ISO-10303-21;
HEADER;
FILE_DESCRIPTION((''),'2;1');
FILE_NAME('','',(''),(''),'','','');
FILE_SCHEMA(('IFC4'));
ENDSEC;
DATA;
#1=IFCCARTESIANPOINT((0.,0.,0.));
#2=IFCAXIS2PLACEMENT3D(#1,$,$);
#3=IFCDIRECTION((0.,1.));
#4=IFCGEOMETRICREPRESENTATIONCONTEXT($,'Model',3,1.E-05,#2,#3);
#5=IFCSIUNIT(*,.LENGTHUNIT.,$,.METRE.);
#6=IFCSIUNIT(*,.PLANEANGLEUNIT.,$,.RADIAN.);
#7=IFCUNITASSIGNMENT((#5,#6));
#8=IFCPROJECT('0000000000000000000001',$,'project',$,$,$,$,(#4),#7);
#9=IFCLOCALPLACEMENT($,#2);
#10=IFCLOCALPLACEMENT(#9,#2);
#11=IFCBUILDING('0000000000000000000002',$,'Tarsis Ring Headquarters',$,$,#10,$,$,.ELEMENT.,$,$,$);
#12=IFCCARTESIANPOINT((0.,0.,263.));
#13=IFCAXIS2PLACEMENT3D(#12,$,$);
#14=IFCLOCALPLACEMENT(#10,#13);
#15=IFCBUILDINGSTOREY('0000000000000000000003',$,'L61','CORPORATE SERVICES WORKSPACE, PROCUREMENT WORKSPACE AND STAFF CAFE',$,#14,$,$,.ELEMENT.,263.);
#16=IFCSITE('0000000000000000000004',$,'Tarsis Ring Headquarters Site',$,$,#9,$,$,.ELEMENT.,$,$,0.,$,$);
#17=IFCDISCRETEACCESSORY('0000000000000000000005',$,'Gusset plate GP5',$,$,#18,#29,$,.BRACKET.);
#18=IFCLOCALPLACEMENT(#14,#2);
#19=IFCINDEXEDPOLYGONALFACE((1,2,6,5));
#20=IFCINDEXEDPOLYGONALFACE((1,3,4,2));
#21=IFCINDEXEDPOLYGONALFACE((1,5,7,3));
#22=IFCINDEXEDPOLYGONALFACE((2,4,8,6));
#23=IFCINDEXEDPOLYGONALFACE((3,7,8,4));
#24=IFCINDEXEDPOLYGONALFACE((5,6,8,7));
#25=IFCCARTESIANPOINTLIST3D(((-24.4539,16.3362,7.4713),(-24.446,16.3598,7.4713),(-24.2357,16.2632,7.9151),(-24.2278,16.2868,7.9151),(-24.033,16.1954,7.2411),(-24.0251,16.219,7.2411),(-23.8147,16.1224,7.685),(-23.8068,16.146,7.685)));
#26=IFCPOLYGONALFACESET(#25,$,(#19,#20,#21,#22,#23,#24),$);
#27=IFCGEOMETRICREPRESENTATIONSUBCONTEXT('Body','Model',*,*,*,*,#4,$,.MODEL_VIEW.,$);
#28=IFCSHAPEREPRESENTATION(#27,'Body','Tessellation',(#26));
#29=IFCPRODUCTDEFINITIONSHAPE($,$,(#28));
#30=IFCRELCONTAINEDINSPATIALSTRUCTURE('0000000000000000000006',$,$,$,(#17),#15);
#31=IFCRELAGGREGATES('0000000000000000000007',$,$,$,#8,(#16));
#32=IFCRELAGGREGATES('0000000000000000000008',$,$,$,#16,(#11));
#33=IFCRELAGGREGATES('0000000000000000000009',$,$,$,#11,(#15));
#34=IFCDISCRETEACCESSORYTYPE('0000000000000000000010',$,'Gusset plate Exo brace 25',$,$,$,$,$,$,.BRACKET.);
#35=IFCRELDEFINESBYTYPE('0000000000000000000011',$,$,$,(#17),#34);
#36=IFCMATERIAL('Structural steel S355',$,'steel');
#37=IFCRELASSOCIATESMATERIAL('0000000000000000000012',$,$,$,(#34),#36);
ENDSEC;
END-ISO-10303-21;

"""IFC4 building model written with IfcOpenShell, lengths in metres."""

from ifc_helpers import new_model, si_unit, direction, frame, origin, origin_2d, place, context, subcontext, project, spatial, rectangle, extrude, material, material_profile, profile_set, type_object, element, save


model = new_model("IFC4")

# Units and contexts
model_context = context("Model", 3, precision=1e-05, world=origin(), true_north=direction((0.0, 1.0)))
body_context = subcontext(model_context, "Body", "Model", "MODEL_VIEW")
ifc_project = project(units=[si_unit("LENGTHUNIT", "METRE"), si_unit("PLANEANGLEUNIT", "RADIAN")], contexts=[model_context])

# Site, building, storey
site_placement = place(None, origin())
site = spatial("IfcSite", under=ifc_project, at=site_placement, Name="Tarsis Ring Headquarters Site", CompositionType="ELEMENT", RefElevation=0.0)
building_placement = place(site_placement, origin())
building = spatial("IfcBuilding", under=site, at=building_placement, Name="Tarsis Ring Headquarters", CompositionType="ELEMENT")
storey_placement = place(building_placement, frame((0.0, 0.0, 263.0)))
storey = spatial("IfcBuildingStorey", under=building, at=storey_placement, Name="L61", Description="CORPORATE SERVICES WORKSPACE, PROCUREMENT WORKSPACE AND STAFF CAFE", CompositionType="ELEMENT", Elevation=263.0)

# Shared definitions
ifc_material_1 = material(Name="Structural steel S355", Category="steel")

# Discrete accessory
ifc_material_profile_1 = material_profile(ifc_material_1, rectangle(XDim=0.0249, YDim=0.5, at=origin_2d()), Name="PL 25x500")
ifc_profile_set_1 = profile_set([ifc_material_profile_1], Name="Structural steel S355")
discrete_accessory_type = type_object("IfcDiscreteAccessoryType", Name="Gusset plate Exo brace 25", PredefinedType="BRACKET", material=ifc_profile_set_1)
discrete_accessory_placement = place(storey_placement, frame((-24.0212, 16.2046, 7.8), z_axis=(-0.436552, 0.146006, -0.887753), x_axis=(-0.317182, -0.948365, 0.0)))
element("IfcDiscreteAccessory", 1, at=discrete_accessory_placement, inside=storey, type_object=discrete_accessory_type, Name="Gusset plate GP5", PredefinedType="BRACKET", context=body_context, shape_type="SweptSolid", body=[
    extrude(rectangle(XDim=0.0249, YDim=0.5, at=origin_2d()), origin(), (0.0, 0.0, 1.0), 0.5),
])

save(model, "model.ifc")
